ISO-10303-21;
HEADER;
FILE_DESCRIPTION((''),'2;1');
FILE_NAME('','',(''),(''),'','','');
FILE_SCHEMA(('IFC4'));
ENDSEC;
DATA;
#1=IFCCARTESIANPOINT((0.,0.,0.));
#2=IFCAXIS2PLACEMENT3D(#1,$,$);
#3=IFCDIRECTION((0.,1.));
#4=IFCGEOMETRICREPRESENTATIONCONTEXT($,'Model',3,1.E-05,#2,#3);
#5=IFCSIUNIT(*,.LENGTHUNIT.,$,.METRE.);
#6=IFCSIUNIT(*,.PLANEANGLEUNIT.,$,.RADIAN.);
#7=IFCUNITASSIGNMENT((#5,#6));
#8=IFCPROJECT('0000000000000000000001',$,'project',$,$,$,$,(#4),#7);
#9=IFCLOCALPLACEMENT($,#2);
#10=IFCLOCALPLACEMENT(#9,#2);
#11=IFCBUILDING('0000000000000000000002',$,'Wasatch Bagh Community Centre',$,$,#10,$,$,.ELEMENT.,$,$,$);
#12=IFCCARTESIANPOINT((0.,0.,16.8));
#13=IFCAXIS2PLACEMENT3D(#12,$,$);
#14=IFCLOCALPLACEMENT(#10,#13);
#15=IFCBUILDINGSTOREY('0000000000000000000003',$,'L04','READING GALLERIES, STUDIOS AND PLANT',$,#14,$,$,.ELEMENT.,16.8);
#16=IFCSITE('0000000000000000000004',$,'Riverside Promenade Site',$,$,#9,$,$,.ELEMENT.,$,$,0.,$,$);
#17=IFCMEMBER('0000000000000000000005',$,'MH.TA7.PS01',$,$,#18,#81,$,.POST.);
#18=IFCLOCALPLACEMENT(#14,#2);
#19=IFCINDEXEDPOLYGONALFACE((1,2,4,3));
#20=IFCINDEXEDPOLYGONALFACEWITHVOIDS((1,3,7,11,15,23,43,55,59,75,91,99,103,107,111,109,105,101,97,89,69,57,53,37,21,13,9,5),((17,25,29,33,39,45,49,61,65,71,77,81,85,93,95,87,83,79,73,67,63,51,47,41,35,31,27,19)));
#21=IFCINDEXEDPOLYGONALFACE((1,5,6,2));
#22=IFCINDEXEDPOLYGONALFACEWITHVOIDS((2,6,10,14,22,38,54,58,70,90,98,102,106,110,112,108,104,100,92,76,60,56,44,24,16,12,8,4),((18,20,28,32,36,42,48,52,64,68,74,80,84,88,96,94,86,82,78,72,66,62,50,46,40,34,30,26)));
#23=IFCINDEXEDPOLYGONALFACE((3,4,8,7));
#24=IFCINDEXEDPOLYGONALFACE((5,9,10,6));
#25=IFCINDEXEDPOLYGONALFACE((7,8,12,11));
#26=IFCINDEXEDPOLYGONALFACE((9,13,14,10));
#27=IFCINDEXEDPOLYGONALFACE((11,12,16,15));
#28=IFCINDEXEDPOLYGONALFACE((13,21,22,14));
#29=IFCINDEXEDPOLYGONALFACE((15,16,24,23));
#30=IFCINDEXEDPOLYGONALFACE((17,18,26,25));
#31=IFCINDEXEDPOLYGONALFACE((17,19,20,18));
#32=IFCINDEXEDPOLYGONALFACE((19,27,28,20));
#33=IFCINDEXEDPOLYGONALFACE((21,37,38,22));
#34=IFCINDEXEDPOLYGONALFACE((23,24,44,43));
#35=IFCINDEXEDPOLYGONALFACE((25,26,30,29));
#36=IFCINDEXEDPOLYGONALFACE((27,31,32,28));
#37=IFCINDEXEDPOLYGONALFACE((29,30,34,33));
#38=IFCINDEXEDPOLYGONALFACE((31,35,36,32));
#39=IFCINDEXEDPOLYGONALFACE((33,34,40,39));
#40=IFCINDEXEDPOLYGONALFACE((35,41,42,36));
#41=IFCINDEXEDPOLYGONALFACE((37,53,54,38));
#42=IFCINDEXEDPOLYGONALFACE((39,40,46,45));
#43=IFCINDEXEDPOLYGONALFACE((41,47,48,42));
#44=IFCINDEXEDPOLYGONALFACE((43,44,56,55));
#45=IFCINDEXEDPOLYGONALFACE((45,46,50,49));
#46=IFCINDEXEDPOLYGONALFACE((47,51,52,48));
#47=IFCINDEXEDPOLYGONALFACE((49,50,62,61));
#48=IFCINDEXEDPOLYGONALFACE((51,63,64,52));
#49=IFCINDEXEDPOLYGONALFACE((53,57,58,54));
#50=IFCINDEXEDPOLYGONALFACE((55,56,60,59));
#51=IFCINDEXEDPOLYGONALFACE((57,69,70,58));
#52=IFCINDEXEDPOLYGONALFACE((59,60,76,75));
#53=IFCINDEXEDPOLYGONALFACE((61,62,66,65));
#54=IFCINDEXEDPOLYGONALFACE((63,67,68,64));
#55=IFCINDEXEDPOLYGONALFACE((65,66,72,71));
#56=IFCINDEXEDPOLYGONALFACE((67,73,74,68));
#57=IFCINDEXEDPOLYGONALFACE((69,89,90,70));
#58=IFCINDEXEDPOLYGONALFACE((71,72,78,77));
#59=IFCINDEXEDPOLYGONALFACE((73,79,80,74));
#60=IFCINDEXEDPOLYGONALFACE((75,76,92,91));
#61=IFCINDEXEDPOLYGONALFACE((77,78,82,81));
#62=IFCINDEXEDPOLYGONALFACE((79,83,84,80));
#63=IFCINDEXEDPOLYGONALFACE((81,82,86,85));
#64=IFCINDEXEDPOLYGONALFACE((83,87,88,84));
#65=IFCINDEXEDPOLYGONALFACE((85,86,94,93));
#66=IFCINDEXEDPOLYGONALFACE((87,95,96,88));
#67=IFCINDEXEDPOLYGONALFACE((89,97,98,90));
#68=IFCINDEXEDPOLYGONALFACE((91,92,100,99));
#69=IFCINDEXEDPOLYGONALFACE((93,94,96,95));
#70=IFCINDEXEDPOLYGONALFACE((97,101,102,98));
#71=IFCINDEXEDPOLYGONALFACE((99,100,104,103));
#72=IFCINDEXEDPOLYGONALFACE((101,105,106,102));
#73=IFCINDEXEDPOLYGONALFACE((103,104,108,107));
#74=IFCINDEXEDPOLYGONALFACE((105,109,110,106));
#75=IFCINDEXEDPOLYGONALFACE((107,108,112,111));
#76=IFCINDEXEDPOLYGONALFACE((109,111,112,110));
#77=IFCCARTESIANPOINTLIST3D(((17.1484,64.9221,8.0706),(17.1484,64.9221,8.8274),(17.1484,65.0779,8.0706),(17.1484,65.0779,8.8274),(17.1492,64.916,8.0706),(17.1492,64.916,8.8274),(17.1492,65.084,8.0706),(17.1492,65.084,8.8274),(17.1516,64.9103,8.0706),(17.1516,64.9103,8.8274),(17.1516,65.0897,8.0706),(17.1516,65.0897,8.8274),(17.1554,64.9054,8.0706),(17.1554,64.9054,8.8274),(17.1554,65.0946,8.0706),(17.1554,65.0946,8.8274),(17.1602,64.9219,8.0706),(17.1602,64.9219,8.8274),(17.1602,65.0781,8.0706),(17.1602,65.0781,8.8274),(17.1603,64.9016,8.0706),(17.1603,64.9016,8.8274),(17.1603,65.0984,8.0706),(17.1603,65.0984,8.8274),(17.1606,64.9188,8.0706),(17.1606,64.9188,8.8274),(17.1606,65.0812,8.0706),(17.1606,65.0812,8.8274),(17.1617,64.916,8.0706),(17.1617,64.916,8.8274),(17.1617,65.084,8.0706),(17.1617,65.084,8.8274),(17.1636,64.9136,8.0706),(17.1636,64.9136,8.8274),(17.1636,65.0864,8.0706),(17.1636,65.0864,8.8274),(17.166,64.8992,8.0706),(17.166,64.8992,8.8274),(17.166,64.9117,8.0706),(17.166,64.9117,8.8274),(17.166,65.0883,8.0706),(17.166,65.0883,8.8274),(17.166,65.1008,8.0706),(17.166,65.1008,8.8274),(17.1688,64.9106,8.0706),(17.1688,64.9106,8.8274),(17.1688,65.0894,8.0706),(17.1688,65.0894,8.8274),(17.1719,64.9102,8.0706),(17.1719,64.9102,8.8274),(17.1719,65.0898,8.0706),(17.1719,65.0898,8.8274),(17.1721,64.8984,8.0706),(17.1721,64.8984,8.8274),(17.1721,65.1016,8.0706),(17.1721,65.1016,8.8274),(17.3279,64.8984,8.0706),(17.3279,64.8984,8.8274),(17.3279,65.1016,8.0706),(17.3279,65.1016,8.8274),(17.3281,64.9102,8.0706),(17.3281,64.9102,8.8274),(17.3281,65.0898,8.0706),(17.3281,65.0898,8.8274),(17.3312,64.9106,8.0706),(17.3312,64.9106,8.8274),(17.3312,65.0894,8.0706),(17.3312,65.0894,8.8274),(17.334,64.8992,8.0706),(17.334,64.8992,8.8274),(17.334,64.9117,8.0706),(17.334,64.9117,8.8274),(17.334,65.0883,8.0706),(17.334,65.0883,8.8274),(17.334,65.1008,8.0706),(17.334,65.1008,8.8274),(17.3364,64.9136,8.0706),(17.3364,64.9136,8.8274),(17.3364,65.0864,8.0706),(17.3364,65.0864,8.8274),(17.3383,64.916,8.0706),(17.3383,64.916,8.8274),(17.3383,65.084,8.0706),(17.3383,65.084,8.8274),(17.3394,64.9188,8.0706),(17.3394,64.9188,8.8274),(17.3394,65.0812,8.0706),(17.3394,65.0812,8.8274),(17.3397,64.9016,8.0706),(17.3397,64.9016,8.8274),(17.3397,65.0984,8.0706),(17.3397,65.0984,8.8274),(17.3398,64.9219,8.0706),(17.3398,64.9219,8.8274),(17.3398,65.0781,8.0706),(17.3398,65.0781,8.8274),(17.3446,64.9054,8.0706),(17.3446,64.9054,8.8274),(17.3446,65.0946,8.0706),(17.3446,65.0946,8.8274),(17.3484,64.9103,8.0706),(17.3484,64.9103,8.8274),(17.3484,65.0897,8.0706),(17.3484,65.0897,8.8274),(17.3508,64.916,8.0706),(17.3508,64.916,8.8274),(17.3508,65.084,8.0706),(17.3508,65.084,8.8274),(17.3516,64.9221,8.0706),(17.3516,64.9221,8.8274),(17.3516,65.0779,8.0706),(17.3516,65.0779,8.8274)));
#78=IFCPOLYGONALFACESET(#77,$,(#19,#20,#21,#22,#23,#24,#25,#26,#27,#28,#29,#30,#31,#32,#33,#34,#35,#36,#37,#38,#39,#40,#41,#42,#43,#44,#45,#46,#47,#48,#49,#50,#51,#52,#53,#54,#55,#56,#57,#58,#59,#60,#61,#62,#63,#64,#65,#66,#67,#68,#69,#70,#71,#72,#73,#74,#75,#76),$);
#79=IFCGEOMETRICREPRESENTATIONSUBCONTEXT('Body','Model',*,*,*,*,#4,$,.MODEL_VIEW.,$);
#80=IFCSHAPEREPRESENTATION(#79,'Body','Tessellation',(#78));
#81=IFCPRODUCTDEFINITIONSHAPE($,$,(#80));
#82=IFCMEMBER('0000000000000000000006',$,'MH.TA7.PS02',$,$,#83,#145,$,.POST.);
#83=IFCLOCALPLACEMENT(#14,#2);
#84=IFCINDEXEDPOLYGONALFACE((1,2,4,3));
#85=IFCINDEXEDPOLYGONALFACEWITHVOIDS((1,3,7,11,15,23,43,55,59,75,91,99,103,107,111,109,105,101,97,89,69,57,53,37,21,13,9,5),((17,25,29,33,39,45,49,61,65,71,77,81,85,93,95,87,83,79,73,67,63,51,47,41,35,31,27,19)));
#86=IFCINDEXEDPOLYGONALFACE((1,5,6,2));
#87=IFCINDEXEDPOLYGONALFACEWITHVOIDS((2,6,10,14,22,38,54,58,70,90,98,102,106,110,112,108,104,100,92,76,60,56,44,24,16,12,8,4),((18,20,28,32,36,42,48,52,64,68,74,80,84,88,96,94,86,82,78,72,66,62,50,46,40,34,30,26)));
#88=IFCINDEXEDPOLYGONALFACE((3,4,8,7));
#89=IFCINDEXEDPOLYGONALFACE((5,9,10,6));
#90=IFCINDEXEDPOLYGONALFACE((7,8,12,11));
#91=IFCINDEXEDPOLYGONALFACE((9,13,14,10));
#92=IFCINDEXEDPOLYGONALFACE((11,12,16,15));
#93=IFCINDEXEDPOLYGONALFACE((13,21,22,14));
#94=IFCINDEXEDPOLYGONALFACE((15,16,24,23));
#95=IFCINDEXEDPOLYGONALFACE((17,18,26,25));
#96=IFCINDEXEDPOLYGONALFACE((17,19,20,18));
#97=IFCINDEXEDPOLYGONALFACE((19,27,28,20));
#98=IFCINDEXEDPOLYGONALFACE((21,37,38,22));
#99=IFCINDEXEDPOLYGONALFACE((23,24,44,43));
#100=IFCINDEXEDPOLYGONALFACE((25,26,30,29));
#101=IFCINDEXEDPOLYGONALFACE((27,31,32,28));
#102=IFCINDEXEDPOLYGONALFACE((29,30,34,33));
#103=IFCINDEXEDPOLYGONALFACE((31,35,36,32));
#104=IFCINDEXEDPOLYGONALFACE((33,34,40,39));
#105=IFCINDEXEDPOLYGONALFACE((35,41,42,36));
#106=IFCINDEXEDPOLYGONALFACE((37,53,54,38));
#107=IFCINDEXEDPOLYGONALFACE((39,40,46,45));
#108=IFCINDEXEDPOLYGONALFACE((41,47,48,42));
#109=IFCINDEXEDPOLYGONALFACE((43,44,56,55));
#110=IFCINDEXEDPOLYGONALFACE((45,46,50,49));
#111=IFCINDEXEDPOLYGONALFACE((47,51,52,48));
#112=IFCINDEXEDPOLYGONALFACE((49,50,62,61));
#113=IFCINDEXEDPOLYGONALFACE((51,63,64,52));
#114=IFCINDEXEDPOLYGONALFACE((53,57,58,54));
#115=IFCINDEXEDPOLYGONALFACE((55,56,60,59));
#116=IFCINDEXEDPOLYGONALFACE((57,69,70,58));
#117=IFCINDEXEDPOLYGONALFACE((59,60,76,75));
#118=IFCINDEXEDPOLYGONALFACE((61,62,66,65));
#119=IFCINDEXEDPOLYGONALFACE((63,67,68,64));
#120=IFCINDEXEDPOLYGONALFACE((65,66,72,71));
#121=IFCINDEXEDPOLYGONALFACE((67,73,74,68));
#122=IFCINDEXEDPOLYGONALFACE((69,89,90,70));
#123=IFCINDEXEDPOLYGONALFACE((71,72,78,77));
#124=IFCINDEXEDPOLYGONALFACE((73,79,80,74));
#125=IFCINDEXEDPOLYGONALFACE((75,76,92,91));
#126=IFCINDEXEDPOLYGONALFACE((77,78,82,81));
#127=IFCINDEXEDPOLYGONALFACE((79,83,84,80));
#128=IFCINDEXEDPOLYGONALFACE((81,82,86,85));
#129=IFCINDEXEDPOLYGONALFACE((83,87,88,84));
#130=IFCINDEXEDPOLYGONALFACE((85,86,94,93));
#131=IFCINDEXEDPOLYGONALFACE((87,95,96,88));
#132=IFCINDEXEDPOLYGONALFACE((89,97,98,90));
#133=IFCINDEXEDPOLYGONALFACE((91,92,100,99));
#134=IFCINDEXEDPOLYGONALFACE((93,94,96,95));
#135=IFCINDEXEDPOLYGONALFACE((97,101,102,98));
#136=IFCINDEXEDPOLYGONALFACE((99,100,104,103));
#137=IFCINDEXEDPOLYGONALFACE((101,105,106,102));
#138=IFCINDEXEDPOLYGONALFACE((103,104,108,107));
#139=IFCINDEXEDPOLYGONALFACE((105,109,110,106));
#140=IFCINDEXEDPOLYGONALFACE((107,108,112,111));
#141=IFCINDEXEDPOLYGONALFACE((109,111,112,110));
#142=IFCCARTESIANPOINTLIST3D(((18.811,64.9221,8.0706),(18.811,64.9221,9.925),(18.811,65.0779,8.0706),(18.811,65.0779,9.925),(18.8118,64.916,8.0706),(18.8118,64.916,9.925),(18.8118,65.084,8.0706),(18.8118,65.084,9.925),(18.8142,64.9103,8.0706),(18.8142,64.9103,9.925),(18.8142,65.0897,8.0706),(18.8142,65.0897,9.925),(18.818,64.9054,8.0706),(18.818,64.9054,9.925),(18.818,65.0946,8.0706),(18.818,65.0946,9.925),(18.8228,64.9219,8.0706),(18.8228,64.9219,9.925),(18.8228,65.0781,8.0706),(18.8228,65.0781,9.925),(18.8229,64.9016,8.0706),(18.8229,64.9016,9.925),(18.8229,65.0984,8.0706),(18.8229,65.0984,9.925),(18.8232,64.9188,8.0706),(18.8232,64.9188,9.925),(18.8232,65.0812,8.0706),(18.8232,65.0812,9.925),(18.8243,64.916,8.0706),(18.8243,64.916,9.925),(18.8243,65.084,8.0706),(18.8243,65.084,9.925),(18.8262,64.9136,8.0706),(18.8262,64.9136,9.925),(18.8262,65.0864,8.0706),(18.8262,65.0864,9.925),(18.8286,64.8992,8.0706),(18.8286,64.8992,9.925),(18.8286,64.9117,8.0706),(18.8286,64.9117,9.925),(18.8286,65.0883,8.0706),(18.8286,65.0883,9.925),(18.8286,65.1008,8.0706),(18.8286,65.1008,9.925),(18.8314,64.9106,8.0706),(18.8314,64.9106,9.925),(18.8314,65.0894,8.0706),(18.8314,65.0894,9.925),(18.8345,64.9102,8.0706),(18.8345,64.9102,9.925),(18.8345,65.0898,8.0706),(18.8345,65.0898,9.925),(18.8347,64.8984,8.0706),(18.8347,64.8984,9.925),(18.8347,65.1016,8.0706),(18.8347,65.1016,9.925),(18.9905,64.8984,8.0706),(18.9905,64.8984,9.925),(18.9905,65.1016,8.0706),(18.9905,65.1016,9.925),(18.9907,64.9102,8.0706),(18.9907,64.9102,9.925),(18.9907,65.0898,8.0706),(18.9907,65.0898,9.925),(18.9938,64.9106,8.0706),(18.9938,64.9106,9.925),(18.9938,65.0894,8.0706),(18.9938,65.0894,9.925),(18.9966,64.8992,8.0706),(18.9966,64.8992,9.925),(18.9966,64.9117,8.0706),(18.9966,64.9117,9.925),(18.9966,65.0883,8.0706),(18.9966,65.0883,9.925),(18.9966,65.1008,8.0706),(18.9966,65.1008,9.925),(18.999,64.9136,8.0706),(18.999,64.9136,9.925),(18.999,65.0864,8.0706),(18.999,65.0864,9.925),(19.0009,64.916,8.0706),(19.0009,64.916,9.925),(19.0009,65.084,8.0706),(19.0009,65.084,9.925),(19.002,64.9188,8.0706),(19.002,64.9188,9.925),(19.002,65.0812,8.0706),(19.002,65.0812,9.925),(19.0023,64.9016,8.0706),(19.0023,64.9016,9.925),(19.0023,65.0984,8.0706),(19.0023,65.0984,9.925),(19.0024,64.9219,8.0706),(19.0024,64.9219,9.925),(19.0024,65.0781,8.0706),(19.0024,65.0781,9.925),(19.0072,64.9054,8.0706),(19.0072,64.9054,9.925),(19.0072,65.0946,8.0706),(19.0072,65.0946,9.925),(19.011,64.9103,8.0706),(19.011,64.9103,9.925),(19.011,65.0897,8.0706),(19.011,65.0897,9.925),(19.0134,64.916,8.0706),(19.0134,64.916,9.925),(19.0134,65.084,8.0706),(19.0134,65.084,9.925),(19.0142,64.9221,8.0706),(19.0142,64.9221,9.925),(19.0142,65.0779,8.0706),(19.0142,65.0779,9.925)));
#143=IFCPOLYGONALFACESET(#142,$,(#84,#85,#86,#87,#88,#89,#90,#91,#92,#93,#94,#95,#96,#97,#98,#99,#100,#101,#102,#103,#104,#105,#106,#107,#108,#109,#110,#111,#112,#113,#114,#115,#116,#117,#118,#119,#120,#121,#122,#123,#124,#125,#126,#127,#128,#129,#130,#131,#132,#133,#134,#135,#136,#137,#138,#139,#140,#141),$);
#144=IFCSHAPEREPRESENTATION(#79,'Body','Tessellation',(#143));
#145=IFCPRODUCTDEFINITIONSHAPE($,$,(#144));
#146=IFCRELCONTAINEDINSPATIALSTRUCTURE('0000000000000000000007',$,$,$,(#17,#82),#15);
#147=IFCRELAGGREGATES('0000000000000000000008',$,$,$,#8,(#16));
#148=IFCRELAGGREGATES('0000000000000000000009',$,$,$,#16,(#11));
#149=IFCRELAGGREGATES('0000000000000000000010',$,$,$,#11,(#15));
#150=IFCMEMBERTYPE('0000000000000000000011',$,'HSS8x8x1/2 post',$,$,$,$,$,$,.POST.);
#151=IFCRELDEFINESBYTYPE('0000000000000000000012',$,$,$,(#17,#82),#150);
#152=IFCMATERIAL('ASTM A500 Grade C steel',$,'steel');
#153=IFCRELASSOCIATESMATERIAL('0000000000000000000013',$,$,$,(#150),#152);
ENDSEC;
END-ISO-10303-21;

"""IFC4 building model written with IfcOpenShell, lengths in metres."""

from ifc_helpers import new_model, si_unit, direction, frame, origin, origin_2d, place, context, subcontext, project, spatial, hollow_rectangle, extrude, material, material_profile, profile_set, type_object, element, save


model = new_model("IFC4")

# Units and contexts
model_context = context("Model", 3, precision=1e-05, world=origin(), true_north=direction((0.0, 1.0)))
body_context = subcontext(model_context, "Body", "Model", "MODEL_VIEW")
ifc_project = project(units=[si_unit("LENGTHUNIT", "METRE"), si_unit("PLANEANGLEUNIT", "RADIAN")], contexts=[model_context])

# Site, building, storey
site_placement = place(None, origin())
site = spatial("IfcSite", under=ifc_project, at=site_placement, Name="Riverside Promenade Site", CompositionType="ELEMENT", RefElevation=0.0)
building_placement = place(site_placement, origin())
building = spatial("IfcBuilding", under=site, at=building_placement, Name="Wasatch Bagh Community Centre", CompositionType="ELEMENT")
storey_placement = place(building_placement, frame((0.0, 0.0, 16.8)))
storey = spatial("IfcBuildingStorey", under=building, at=storey_placement, Name="L04", Description="READING GALLERIES, STUDIOS AND PLANT", CompositionType="ELEMENT", Elevation=16.8)

# Members
ifc_material_1 = material(Name="ASTM A500 Grade C steel", Category="steel")
ifc_material_profile_1 = material_profile(ifc_material_1, hollow_rectangle(XDim=0.2031, YDim=0.2031, WallThickness=0.0117, InnerFilletRadius=0.0117, OuterFilletRadius=0.0237, at=origin_2d()), Name="HSS8x8x1/2")
ifc_profile_set_1 = profile_set([ifc_material_profile_1], Name="ASTM A500 Grade C steel")
member_type_1 = type_object("IfcMemberType", Name="HSS8x8x1/2 post", PredefinedType="POST", material=ifc_profile_set_1)
member_1_placement = place(storey_placement, frame((17.25, 65.0, 8.0706), z_axis=(0.0, 0.0, 1.0), x_axis=(1.0, 0.0, 0.0)))
element("IfcMember", 1, at=member_1_placement, inside=storey, type_object=member_type_1, Name="MH.TA7.PS01", PredefinedType="POST", context=body_context, shape_type="SweptSolid", body=[
    extrude(hollow_rectangle(XDim=0.2031, YDim=0.2031, WallThickness=0.0117, InnerFilletRadius=0.0117, OuterFilletRadius=0.0237, at=origin_2d()), origin(), (0.0, 0.0, 1.0), 0.7568),
])
member_2_placement = place(storey_placement, frame((18.9126, 65.0, 8.0706), z_axis=(0.0, 0.0, 1.0), x_axis=(1.0, 0.0, 0.0)))
element("IfcMember", 2, at=member_2_placement, inside=storey, type_object=member_type_1, Name="MH.TA7.PS02", PredefinedType="POST", context=body_context, shape_type="SweptSolid", body=[
    extrude(hollow_rectangle(XDim=0.2031, YDim=0.2031, WallThickness=0.0117, InnerFilletRadius=0.0117, OuterFilletRadius=0.0237, at=origin_2d()), origin(), (0.0, 0.0, 1.0), 1.8545),
])

save(model, "model.ifc")
